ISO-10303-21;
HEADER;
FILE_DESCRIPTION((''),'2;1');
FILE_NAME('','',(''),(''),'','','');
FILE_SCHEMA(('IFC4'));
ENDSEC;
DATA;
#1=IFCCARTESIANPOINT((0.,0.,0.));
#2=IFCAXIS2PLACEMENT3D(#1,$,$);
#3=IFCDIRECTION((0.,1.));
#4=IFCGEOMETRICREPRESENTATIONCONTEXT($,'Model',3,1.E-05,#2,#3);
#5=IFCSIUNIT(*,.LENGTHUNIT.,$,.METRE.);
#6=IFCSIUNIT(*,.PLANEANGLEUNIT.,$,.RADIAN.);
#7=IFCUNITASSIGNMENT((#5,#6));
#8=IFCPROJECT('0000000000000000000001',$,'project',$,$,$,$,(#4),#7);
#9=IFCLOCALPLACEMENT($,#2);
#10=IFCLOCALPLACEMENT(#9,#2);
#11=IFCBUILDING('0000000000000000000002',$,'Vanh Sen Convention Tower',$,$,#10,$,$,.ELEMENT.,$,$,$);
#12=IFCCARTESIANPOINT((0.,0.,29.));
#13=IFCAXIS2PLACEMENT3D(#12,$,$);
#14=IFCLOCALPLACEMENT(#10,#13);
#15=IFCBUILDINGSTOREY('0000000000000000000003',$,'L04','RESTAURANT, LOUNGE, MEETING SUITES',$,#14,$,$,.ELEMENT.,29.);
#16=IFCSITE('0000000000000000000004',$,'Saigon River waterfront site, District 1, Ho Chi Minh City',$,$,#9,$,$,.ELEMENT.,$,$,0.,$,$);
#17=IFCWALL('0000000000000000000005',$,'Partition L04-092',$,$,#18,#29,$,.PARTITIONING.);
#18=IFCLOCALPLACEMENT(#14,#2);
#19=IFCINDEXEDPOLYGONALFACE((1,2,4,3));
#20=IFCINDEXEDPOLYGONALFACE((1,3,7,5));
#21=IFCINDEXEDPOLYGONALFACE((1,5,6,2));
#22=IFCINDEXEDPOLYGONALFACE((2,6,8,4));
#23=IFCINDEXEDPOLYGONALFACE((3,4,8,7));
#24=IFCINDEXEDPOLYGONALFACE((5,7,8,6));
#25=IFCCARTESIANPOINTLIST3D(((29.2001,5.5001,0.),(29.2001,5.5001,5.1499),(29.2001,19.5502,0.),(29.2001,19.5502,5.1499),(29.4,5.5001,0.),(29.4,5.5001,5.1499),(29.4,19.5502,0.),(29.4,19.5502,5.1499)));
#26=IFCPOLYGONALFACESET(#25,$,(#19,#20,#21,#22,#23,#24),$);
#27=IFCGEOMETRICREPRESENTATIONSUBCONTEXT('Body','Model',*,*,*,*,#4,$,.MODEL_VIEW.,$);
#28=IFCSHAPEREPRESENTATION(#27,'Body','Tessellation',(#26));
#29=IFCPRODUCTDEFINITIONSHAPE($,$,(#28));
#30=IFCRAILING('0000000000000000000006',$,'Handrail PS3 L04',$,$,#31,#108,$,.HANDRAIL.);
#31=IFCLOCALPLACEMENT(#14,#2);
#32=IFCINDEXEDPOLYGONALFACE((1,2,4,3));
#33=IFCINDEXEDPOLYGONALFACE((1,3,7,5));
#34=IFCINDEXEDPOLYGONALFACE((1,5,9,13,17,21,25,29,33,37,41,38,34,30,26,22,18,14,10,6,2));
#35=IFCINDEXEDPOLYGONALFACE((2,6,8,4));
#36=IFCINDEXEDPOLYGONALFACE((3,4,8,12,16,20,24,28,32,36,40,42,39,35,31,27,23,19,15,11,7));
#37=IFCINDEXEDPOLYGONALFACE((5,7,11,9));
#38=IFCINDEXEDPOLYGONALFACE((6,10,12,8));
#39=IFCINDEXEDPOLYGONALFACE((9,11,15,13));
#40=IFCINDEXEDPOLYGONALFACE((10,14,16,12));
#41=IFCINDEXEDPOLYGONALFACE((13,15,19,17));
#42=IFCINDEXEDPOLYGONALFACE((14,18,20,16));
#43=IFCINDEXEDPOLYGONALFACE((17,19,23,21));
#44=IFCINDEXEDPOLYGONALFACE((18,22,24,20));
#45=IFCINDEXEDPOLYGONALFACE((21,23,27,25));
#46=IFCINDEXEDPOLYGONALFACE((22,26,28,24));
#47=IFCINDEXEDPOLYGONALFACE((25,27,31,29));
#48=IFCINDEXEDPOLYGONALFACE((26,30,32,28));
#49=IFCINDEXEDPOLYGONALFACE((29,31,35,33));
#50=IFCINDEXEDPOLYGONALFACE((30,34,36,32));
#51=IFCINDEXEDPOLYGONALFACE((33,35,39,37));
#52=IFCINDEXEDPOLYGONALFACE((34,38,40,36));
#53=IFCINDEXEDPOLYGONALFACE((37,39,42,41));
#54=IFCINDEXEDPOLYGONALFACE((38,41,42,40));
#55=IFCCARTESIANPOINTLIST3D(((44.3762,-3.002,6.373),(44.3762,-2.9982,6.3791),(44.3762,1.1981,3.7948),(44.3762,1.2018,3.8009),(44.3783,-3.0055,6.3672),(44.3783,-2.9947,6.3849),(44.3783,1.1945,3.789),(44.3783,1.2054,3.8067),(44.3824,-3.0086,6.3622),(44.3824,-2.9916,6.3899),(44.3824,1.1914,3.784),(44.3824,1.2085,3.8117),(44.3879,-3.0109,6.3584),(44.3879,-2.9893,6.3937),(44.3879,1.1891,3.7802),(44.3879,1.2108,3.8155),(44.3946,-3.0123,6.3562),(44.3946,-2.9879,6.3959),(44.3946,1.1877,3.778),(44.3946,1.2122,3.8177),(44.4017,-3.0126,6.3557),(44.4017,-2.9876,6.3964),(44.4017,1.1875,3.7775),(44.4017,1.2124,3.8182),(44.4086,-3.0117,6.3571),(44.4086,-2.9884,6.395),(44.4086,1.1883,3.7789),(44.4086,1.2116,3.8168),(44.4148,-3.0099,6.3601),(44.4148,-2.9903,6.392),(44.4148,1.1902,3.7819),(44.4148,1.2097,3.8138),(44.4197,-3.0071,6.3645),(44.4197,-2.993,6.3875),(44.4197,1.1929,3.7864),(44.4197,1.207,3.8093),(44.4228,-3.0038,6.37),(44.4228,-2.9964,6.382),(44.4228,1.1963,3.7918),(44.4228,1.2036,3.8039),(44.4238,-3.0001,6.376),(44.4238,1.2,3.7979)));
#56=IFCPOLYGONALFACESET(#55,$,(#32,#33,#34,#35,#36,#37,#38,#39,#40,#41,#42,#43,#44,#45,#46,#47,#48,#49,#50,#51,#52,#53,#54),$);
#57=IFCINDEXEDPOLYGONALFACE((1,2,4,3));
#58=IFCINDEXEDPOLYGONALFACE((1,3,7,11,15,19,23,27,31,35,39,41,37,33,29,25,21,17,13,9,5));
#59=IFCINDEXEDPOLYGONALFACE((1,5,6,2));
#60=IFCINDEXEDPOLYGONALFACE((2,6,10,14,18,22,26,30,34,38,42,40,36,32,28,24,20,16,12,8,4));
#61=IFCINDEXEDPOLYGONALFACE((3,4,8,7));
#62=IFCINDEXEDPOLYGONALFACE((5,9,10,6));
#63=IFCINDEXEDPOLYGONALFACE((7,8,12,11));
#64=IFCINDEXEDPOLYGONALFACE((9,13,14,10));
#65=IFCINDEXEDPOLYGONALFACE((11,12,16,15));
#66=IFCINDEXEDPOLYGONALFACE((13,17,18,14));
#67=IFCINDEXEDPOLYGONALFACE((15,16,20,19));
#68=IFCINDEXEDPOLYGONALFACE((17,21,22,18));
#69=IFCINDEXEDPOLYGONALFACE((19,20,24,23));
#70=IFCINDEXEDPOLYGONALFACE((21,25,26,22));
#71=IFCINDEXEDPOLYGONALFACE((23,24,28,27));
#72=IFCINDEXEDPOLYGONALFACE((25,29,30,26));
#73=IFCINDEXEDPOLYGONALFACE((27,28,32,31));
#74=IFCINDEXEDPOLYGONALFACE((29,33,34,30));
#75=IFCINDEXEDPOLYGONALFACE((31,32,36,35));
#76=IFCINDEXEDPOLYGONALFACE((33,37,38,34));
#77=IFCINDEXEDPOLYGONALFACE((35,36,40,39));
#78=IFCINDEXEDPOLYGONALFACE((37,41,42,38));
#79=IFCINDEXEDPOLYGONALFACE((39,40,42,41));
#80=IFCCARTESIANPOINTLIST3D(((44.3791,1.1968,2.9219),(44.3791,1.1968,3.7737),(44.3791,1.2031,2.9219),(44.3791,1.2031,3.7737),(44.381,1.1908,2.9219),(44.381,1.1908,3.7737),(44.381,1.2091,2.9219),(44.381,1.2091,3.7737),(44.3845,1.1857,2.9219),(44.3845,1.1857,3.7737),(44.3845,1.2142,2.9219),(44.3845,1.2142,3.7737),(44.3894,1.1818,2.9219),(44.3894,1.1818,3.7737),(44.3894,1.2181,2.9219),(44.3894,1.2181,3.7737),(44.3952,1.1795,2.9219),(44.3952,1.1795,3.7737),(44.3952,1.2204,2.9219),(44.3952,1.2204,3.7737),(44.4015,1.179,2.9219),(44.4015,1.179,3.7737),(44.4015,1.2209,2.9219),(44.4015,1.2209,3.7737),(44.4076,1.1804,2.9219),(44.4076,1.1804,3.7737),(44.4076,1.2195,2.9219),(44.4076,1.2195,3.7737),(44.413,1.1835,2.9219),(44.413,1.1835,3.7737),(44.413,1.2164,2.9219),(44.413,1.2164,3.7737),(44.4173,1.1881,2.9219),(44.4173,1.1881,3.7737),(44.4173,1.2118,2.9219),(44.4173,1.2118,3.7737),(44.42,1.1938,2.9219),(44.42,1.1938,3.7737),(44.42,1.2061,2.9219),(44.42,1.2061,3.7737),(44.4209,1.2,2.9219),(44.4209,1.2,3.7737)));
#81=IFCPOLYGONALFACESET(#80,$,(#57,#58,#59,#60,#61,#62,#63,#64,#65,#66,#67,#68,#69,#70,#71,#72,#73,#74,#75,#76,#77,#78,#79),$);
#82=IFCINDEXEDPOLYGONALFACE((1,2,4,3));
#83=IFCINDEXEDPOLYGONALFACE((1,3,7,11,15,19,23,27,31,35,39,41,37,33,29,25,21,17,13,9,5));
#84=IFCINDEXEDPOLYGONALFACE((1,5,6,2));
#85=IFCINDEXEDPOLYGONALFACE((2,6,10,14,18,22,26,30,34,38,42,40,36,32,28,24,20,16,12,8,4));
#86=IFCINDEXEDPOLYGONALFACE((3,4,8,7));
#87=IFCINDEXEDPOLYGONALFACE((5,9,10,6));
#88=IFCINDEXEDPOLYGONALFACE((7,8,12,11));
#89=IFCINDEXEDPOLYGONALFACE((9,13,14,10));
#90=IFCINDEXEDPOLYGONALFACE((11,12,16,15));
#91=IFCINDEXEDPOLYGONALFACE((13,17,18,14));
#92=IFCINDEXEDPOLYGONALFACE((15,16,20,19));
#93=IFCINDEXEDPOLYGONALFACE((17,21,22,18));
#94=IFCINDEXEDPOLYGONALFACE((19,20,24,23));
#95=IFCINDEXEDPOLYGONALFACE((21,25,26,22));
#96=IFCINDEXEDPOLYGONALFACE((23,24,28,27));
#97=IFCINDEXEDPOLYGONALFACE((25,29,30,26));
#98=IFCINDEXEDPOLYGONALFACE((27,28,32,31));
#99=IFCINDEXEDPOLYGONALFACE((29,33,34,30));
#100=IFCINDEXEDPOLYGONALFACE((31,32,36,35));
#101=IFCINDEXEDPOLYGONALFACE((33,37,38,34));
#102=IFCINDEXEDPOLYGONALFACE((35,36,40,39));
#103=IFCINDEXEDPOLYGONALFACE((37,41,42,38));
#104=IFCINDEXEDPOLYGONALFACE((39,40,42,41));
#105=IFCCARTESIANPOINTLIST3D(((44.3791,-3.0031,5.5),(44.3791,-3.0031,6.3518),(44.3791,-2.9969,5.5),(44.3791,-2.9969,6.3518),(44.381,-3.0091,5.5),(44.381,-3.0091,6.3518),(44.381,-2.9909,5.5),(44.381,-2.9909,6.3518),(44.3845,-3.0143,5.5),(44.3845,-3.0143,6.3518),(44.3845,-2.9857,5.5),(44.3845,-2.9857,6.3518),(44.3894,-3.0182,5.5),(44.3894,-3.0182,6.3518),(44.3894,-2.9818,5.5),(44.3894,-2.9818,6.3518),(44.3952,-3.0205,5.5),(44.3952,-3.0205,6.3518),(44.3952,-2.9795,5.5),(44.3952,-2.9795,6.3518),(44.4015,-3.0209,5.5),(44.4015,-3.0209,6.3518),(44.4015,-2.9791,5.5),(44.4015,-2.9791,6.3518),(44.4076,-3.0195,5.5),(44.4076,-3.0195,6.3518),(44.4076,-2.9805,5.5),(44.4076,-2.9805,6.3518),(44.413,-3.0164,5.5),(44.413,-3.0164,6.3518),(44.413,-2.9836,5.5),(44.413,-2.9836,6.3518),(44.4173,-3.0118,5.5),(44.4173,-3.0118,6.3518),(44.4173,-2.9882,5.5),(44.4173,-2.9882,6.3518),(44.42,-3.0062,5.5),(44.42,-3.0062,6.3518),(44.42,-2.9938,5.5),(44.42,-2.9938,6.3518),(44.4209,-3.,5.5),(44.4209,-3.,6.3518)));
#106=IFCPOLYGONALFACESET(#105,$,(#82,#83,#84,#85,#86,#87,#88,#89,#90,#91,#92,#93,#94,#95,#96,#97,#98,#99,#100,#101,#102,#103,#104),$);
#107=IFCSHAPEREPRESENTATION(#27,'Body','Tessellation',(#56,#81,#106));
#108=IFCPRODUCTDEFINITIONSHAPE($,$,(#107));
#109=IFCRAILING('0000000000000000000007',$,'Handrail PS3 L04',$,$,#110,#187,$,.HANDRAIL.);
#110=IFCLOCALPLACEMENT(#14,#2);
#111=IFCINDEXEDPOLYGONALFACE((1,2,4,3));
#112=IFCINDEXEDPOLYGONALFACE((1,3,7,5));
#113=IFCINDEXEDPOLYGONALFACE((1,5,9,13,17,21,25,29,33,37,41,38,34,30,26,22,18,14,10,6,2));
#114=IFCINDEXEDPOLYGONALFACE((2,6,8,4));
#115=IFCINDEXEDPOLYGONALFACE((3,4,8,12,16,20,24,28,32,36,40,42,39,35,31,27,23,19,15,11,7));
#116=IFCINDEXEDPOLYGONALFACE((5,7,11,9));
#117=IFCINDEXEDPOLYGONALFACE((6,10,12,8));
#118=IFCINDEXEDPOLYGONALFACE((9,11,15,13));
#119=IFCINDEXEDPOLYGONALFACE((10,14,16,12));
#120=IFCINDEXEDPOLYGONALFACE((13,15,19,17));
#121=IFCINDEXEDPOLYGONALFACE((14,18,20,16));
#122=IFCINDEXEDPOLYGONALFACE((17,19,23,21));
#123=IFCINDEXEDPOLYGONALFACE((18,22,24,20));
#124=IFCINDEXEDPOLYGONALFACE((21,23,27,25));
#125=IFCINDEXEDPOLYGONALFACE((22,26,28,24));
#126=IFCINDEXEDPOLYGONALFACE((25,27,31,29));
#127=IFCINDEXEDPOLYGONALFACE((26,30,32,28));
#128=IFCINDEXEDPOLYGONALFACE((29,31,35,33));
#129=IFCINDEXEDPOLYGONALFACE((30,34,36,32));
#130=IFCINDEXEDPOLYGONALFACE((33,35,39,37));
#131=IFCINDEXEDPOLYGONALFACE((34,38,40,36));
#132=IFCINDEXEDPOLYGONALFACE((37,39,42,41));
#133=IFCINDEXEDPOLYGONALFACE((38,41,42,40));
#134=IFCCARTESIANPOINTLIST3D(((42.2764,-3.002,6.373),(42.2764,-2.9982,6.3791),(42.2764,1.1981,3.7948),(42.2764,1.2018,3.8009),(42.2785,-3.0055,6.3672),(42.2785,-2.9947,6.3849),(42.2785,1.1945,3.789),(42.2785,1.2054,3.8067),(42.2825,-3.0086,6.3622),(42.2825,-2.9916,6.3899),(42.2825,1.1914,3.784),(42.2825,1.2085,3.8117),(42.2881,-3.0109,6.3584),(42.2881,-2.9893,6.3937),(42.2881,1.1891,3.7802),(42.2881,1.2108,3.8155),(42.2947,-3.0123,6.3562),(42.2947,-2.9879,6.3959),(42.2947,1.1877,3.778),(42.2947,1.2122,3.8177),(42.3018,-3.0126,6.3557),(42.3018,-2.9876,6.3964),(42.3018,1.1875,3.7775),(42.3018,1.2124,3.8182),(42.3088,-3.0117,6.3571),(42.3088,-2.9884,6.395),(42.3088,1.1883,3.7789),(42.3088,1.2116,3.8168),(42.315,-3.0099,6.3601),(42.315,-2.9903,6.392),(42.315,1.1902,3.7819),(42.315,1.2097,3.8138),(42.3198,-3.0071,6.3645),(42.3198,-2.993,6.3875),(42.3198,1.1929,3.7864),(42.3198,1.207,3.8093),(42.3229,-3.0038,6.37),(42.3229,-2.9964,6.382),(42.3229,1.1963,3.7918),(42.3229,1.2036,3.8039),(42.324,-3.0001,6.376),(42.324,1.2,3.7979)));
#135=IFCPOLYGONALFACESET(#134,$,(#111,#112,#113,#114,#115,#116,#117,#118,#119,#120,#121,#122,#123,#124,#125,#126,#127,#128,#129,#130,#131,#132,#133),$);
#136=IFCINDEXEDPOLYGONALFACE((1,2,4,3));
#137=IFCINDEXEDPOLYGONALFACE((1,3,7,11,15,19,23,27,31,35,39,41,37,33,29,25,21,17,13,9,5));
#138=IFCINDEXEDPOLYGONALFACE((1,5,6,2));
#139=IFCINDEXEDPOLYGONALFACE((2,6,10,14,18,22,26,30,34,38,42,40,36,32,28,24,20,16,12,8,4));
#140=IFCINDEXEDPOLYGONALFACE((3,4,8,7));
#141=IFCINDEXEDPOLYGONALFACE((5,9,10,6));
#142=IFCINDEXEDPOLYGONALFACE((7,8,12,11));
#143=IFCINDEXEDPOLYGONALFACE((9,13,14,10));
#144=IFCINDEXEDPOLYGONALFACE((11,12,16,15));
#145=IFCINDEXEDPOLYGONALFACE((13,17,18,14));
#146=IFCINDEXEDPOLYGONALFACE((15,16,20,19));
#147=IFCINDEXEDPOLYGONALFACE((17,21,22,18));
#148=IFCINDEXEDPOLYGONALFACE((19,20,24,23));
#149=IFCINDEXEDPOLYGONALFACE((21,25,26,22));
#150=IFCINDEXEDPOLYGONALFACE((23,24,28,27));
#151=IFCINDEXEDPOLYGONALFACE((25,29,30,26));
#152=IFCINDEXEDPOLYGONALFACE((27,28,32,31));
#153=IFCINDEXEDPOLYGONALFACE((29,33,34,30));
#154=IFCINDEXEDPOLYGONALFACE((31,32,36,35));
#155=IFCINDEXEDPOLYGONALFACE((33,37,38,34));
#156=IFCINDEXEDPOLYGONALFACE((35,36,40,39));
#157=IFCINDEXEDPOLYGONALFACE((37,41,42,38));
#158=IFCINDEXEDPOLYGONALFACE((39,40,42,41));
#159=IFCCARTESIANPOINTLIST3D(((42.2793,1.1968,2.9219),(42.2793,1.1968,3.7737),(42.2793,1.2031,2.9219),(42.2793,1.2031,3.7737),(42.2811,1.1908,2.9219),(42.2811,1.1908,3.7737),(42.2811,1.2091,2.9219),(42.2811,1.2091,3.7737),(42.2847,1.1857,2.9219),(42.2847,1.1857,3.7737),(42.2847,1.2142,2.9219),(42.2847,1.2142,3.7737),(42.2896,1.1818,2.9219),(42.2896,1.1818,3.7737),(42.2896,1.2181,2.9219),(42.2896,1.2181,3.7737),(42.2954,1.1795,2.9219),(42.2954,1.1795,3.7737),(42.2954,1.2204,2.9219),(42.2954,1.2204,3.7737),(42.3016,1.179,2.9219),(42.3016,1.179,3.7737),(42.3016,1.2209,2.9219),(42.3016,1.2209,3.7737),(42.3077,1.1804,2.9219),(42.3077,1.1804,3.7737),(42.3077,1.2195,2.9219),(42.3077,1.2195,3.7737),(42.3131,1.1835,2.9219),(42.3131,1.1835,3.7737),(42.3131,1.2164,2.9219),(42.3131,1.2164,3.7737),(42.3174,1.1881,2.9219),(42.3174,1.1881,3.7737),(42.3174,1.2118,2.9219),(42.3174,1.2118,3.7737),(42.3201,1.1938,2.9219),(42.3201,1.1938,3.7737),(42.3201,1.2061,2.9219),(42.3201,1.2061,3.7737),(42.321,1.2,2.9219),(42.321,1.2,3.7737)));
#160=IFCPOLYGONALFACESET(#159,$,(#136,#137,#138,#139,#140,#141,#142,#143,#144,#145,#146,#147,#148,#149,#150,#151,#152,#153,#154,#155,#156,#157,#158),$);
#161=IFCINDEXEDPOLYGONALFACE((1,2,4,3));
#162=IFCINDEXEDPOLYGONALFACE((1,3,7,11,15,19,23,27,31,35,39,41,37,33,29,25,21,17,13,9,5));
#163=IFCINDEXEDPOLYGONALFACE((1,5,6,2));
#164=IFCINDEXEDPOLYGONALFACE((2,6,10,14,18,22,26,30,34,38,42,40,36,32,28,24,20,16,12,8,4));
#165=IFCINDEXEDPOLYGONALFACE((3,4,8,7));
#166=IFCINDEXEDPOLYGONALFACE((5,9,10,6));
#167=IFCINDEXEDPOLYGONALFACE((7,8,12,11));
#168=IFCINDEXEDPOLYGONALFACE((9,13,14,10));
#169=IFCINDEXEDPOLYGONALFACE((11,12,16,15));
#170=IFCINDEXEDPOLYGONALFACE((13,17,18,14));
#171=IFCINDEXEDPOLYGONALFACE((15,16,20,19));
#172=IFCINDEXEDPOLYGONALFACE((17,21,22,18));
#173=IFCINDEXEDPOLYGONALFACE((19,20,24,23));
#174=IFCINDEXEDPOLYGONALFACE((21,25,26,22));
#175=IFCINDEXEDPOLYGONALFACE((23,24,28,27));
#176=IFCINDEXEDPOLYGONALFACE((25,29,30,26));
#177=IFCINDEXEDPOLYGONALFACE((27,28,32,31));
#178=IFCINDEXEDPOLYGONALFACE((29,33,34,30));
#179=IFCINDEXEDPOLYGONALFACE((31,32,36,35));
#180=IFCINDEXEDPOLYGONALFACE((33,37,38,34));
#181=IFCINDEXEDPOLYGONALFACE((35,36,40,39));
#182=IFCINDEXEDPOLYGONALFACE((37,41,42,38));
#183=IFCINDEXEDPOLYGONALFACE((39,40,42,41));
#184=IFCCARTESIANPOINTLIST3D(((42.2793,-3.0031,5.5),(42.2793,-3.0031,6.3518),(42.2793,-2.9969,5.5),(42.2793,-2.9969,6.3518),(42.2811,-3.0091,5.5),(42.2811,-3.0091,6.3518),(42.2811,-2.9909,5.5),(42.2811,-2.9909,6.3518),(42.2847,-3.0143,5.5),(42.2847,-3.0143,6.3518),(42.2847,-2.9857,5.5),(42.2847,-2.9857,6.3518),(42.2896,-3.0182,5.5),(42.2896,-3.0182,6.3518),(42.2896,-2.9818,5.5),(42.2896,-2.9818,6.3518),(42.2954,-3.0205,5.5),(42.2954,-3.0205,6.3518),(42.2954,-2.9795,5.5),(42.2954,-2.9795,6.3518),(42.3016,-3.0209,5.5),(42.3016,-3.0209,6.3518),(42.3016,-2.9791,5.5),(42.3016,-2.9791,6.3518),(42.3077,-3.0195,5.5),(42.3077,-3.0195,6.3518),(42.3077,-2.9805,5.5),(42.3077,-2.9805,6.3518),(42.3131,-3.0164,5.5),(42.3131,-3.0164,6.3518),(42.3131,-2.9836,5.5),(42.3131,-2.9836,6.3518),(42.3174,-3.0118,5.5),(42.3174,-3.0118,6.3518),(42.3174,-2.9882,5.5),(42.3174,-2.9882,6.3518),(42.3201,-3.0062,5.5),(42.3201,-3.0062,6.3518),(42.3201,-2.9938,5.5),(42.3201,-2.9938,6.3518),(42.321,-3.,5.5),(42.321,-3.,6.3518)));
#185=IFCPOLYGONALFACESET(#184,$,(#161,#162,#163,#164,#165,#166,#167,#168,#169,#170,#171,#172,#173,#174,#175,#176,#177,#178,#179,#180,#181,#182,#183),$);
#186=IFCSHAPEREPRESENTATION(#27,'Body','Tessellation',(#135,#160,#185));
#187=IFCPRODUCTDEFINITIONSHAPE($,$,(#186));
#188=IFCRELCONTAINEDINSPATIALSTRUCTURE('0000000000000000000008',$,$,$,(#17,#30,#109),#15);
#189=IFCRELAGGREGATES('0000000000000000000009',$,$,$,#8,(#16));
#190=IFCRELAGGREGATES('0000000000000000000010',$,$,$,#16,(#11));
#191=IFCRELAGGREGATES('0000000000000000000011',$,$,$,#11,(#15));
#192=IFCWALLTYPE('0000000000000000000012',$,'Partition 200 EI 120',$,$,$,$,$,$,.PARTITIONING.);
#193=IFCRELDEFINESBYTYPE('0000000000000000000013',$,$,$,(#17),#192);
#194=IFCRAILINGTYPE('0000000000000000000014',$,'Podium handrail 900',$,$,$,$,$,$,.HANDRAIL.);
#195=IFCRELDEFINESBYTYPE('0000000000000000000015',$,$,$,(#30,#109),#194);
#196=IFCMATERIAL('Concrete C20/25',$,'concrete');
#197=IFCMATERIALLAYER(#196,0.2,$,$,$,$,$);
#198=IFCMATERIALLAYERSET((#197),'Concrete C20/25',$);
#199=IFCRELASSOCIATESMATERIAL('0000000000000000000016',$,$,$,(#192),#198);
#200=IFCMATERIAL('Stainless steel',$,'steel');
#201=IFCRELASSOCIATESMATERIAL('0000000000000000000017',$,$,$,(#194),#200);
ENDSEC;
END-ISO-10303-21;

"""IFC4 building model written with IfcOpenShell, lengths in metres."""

from ifc_helpers import new_model, si_unit, direction, frame, frame_2d, origin, origin_2d, place, context, subcontext, project, spatial, rectangle, circle, extrude, material, layer, layer_set, type_object, element, save


model = new_model("IFC4")

# Units and contexts
model_context = context("Model", 3, precision=1e-05, world=origin(), true_north=direction((0.0, 1.0)))
body_context = subcontext(model_context, "Body", "Model", "MODEL_VIEW")
ifc_project = project(units=[si_unit("LENGTHUNIT", "METRE"), si_unit("PLANEANGLEUNIT", "RADIAN")], contexts=[model_context])

# Site, building, storey
site_placement = place(None, origin())
site = spatial("IfcSite", under=ifc_project, at=site_placement, Name="Saigon River waterfront site, District 1, Ho Chi Minh City", CompositionType="ELEMENT", RefElevation=0.0)
building_placement = place(site_placement, origin())
building = spatial("IfcBuilding", under=site, at=building_placement, Name="Vanh Sen Convention Tower", CompositionType="ELEMENT")
storey_placement = place(building_placement, frame((0.0, 0.0, 29.0)))
storey = spatial("IfcBuildingStorey", under=building, at=storey_placement, Name="L04", Description="RESTAURANT, LOUNGE, MEETING SUITES", CompositionType="ELEMENT", Elevation=29.0)

# Shared definitions
ifc_material_1 = material(Name="Concrete C20/25", Category="concrete")
ifc_layer_1 = layer(ifc_material_1, 0.2)
ifc_layer_set_1 = layer_set([ifc_layer_1], Name="Concrete C20/25")
wall_type_1 = type_object("IfcWallType", Name="Partition 200 EI 120", PredefinedType="PARTITIONING", material=ifc_layer_set_1)

# Wall
wall_1_placement = place(storey_placement, frame((29.3, 19.55, 0.0), z_axis=(0.0, 0.0, 1.0), x_axis=(0.0, -1.0, 0.0)))
element("IfcWall", 1, at=wall_1_placement, inside=storey, type_object=wall_type_1, Name="Partition L04-092", PredefinedType="PARTITIONING", context=body_context, shape_type="SweptSolid", body=[
    extrude(rectangle(XDim=14.05, YDim=0.2, at=frame_2d((7.0249, 0.0))), origin(), (0.0, 0.0, 1.0), 5.1499),
])

# Railings
ifc_material_2 = material(Name="Stainless steel", Category="steel")
railing_type = type_object("IfcRailingType", Name="Podium handrail 900", PredefinedType="HANDRAIL", material=ifc_material_2)
for number, where, name in (
    (2, (44.3999, 1.2, 2.9219), "Handrail PS3 L04"),
    (3, (42.3, 1.2, 2.9219), "Handrail PS3 L04"),
):
    element("IfcRailing", number, at=place(storey_placement, frame(where)), inside=storey, type_object=railing_type, Name=name, PredefinedType="HANDRAIL", context=body_context, shape_type="SweptSolid", body=[
        extrude(circle(Radius=0.0239, at=origin_2d()), frame((0.0, 0.0, 0.876), z_axis=(0.0, -0.852243, 0.523146), x_axis=(1.0, 0.0, 0.0)), (0.0, 0.0, 1.0), 4.9282),
        extrude(circle(Radius=0.021, at=origin_2d()), origin(), (0.0, 0.0, 1.0), 0.8518),
        extrude(circle(Radius=0.021, at=origin_2d()), frame((0.0, -4.2, 2.5781)), (0.0, 0.0, 1.0), 0.8518),
    ])

save(model, "model.ifc")
